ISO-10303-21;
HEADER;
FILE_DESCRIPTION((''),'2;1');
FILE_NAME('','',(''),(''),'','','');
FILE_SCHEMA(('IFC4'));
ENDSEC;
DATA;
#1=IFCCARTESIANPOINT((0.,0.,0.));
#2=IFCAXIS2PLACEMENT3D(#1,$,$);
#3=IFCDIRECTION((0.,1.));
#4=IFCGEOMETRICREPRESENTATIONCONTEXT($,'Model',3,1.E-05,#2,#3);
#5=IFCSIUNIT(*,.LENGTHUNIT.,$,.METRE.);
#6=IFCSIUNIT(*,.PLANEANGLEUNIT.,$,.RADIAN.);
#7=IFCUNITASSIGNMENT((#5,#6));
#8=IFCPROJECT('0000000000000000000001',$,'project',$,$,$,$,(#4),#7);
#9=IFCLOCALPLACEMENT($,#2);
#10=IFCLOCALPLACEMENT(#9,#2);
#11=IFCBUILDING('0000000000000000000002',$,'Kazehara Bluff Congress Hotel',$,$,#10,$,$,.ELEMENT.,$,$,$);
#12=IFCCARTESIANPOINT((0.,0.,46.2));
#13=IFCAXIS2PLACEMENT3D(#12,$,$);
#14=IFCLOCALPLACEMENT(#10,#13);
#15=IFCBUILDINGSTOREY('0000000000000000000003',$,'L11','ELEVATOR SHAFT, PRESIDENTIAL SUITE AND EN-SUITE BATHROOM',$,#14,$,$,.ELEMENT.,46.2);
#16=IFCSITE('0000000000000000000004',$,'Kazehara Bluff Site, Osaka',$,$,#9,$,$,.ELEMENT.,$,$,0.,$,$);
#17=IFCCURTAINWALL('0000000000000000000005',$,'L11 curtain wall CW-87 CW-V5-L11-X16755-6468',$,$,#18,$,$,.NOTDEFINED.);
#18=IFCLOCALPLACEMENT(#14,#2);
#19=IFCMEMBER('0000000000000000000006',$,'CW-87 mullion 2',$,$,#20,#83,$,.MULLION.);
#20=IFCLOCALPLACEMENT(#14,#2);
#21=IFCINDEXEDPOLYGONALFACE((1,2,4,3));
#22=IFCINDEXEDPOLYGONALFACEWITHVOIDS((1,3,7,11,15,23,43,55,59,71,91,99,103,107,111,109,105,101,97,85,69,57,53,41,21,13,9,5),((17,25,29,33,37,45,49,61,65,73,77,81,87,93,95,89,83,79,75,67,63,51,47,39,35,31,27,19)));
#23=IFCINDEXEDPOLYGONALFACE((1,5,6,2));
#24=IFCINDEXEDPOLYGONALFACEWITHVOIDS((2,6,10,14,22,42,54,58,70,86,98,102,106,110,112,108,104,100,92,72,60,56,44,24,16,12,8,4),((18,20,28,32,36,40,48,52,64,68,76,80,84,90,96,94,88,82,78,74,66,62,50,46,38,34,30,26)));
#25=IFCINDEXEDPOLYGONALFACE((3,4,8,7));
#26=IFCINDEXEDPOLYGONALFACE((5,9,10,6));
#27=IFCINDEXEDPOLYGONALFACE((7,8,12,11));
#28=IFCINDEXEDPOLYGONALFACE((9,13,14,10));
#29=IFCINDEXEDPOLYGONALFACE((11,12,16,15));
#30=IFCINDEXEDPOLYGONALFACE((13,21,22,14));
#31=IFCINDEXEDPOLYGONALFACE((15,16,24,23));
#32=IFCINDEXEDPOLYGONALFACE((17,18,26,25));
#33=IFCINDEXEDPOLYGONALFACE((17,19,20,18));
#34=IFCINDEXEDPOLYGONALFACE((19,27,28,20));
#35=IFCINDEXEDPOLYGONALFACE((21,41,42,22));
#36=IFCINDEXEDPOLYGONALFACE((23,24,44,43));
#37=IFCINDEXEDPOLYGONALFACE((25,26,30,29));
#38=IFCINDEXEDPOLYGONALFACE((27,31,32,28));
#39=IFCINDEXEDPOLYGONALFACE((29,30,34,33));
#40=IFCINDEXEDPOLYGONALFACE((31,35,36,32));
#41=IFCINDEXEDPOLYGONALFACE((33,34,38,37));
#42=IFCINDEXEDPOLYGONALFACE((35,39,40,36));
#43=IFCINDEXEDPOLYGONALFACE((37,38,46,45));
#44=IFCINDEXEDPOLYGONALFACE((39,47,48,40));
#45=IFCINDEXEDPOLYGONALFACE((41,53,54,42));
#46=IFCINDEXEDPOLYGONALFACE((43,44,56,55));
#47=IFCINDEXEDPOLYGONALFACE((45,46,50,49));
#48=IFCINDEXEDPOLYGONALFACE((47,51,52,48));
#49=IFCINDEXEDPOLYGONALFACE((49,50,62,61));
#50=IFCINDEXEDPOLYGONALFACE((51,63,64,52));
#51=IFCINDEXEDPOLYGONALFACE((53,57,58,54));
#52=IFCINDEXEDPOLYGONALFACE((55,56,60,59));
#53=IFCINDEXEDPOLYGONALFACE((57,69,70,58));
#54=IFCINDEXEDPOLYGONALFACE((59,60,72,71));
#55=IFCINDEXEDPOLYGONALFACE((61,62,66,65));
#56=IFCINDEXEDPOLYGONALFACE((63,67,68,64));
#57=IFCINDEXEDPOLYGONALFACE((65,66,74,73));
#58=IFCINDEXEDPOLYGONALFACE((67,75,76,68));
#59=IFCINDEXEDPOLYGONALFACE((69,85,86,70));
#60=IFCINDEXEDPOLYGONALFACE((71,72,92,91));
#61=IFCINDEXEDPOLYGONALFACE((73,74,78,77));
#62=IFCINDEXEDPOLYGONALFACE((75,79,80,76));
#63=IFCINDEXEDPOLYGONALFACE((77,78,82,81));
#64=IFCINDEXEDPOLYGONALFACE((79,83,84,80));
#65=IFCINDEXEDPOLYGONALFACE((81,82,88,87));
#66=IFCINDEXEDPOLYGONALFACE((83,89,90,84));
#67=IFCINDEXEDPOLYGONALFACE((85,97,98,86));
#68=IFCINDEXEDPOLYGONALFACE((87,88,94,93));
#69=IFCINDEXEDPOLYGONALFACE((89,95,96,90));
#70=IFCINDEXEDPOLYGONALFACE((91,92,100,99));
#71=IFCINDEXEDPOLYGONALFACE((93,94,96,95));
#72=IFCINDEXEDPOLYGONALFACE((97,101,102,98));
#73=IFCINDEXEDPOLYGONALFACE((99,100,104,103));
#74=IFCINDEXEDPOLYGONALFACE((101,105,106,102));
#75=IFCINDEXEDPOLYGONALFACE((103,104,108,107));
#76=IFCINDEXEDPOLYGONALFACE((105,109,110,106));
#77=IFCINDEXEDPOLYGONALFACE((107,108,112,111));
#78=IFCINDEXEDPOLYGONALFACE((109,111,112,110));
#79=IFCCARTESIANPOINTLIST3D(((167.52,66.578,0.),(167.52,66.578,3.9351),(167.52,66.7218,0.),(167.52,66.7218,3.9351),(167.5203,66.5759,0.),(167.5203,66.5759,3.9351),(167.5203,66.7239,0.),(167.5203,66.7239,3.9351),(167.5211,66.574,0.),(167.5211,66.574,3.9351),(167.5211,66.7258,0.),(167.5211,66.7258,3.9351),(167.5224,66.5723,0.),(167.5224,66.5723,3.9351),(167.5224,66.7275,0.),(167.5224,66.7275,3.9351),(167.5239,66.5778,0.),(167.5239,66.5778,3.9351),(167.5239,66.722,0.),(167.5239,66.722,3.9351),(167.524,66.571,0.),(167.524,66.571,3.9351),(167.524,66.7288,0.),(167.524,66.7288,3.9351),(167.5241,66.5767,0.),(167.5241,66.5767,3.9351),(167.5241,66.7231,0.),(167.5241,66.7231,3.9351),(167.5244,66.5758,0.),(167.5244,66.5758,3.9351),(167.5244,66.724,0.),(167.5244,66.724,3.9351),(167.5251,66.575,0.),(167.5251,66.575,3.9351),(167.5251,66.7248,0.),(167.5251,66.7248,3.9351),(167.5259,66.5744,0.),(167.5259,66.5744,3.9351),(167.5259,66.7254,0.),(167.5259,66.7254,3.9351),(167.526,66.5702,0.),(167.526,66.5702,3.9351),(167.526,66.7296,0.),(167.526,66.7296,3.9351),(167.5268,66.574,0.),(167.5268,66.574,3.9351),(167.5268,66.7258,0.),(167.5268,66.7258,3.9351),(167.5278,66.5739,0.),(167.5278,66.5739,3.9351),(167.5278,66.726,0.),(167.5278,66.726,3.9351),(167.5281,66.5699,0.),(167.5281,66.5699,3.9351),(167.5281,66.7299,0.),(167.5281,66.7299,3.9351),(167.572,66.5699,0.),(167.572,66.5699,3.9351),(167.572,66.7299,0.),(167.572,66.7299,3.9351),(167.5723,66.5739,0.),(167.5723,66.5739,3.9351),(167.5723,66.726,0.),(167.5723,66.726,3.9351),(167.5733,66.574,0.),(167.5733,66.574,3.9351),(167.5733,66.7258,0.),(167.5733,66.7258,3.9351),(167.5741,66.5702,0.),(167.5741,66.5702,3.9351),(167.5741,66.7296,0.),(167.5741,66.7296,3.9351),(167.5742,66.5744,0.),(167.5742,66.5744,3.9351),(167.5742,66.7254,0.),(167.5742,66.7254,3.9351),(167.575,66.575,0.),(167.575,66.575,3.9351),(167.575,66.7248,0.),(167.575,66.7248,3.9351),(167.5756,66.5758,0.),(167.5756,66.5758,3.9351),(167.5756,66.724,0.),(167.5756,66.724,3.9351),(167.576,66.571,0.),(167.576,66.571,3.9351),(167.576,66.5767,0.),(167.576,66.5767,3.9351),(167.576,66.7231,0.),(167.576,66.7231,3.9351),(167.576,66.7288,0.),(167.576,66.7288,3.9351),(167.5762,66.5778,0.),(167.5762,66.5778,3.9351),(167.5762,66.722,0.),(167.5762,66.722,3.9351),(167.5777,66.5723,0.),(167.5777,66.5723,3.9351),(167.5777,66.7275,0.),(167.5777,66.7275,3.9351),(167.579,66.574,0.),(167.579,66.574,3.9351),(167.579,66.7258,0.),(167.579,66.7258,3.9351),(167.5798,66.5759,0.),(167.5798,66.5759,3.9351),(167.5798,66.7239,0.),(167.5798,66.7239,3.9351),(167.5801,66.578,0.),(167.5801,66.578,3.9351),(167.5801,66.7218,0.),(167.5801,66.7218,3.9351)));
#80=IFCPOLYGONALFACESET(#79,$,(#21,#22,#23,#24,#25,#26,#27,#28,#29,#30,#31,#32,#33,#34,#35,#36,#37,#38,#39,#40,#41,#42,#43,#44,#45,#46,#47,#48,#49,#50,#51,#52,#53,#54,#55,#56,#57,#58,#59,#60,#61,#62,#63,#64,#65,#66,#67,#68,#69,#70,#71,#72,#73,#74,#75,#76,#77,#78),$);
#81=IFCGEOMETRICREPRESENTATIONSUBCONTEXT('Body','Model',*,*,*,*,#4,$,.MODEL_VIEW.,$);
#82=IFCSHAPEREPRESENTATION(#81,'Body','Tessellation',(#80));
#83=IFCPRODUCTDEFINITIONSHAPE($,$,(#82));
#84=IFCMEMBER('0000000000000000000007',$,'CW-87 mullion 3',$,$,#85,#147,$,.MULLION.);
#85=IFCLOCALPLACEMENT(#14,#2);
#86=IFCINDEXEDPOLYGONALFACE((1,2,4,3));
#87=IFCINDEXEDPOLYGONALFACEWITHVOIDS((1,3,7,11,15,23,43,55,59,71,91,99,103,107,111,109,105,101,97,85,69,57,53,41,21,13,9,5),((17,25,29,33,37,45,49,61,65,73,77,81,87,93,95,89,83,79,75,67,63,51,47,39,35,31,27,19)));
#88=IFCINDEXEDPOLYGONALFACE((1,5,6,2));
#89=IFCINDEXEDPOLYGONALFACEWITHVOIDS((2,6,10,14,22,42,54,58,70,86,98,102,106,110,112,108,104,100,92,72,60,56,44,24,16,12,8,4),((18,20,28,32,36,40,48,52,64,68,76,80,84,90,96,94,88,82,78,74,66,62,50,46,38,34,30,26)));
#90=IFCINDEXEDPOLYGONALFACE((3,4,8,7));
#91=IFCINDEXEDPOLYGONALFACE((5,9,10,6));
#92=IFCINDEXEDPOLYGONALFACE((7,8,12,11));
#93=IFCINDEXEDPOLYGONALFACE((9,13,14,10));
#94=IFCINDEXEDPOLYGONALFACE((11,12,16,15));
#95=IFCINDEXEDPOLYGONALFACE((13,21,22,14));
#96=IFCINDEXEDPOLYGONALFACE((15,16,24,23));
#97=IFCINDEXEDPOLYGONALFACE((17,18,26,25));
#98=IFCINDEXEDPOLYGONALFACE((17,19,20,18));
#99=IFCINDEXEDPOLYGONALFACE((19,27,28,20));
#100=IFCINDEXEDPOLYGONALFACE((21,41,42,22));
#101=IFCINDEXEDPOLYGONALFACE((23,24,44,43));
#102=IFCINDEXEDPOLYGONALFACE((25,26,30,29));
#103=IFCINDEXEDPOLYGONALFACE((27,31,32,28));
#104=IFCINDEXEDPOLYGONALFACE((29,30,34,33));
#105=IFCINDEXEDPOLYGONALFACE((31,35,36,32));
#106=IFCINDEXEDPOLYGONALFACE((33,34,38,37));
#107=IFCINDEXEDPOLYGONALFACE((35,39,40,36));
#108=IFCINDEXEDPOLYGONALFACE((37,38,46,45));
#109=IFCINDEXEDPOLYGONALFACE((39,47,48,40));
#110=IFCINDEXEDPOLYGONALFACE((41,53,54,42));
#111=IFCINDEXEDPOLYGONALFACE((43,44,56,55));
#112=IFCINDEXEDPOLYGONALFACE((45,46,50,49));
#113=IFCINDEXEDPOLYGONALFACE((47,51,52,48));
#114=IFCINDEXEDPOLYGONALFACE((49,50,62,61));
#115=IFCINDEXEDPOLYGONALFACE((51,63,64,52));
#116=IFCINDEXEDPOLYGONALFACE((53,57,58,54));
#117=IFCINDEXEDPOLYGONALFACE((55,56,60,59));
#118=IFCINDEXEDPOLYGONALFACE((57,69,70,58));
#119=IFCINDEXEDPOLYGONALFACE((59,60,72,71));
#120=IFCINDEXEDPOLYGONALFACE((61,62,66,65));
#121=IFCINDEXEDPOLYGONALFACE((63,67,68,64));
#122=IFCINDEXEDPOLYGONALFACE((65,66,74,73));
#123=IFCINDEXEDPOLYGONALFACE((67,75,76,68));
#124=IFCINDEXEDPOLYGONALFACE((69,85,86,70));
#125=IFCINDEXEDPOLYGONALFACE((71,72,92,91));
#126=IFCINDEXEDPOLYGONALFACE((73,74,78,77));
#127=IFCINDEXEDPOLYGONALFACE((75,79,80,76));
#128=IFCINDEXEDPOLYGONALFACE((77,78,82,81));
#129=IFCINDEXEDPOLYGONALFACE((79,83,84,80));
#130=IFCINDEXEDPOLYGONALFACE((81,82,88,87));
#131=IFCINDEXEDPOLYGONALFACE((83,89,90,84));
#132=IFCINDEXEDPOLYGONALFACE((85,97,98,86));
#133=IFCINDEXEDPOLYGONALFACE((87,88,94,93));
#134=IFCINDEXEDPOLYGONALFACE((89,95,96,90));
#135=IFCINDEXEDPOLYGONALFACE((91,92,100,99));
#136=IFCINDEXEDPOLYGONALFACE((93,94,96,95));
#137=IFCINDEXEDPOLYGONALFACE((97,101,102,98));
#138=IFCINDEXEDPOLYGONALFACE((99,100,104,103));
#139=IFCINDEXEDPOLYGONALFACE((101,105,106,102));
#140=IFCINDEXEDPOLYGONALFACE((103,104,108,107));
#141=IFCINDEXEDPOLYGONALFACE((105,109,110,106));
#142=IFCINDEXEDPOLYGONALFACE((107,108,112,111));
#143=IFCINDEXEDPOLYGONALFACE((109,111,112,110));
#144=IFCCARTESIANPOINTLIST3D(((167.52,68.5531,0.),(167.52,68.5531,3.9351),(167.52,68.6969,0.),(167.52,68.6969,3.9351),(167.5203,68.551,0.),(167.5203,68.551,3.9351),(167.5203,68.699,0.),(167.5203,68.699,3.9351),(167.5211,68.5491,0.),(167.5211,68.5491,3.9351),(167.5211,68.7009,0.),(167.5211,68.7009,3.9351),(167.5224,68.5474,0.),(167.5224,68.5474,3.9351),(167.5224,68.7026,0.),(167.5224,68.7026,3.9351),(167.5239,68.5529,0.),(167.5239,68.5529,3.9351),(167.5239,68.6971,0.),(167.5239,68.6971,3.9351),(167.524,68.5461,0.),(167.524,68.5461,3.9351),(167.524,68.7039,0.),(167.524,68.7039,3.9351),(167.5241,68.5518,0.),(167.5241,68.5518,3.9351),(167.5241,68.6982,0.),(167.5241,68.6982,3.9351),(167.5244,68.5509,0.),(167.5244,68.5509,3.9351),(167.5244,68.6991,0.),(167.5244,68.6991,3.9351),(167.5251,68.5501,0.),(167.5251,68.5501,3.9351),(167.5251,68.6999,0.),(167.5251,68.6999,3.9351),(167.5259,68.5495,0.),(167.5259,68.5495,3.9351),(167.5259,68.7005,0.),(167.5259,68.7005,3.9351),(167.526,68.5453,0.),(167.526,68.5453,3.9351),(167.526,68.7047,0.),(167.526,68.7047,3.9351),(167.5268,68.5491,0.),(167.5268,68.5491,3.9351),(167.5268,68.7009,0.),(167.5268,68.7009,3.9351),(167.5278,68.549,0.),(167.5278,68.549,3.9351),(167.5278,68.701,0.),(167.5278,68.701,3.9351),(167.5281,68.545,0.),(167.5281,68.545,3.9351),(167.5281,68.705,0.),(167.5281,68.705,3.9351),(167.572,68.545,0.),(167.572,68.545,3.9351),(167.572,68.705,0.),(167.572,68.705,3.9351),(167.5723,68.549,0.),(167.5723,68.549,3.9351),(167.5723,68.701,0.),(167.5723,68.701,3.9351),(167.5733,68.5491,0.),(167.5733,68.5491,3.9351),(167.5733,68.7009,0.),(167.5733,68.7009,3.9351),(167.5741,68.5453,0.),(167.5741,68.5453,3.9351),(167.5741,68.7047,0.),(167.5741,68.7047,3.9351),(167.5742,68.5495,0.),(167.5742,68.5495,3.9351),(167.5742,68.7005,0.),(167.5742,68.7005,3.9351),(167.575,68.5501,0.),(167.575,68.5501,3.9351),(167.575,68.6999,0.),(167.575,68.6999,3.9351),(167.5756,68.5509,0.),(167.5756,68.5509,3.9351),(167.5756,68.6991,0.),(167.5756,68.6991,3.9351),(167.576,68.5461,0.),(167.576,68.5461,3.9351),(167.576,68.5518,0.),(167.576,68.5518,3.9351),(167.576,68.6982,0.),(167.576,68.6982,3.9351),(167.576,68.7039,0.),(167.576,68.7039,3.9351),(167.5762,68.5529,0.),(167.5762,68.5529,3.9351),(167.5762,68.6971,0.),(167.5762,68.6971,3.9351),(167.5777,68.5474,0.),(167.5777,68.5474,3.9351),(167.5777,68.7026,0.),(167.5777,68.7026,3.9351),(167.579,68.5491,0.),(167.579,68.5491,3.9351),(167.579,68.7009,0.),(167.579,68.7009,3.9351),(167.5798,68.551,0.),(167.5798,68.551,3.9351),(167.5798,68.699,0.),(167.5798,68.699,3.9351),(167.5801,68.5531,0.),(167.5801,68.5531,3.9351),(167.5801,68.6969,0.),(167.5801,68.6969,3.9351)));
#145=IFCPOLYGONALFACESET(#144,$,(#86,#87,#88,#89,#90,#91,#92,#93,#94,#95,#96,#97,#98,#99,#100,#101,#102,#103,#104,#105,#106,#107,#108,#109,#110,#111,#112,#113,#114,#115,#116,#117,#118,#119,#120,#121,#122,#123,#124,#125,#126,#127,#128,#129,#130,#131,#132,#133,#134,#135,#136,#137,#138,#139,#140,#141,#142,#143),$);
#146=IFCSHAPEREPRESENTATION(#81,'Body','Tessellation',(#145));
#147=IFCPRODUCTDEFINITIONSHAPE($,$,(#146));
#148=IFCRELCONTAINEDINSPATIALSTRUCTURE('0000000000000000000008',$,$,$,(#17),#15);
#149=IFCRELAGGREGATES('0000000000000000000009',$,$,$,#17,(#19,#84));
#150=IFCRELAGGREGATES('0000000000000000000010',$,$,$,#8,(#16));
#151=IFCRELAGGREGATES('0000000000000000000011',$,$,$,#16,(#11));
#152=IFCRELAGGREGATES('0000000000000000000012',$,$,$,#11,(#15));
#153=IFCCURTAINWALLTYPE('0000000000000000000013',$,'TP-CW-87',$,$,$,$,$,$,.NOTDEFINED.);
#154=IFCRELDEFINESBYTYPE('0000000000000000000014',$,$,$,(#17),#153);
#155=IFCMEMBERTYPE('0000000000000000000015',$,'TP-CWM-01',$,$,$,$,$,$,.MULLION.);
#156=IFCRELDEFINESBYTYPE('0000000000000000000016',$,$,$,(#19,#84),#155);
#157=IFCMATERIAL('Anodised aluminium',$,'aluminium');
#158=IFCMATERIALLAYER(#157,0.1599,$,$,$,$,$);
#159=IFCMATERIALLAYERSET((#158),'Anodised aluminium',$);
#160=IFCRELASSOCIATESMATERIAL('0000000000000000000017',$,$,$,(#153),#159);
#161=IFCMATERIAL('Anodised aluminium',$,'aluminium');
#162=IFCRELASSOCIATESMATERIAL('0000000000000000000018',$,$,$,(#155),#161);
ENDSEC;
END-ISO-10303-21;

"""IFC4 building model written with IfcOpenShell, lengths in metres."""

from ifc_helpers import new_model, si_unit, direction, frame, origin, origin_2d, place, context, subcontext, project, spatial, hollow_rectangle, extrude, material, layer, layer_set, material_profile, profile_set, type_object, element, aggregate, save


model = new_model("IFC4")

# Units and contexts
model_context = context("Model", 3, precision=1e-05, world=origin(), true_north=direction((0.0, 1.0)))
body_context = subcontext(model_context, "Body", "Model", "MODEL_VIEW")
ifc_project = project(units=[si_unit("LENGTHUNIT", "METRE"), si_unit("PLANEANGLEUNIT", "RADIAN")], contexts=[model_context])

# Site, building, storey
site_placement = place(None, origin())
site = spatial("IfcSite", under=ifc_project, at=site_placement, Name="Kazehara Bluff Site, Osaka", CompositionType="ELEMENT", RefElevation=0.0)
building_placement = place(site_placement, origin())
building = spatial("IfcBuilding", under=site, at=building_placement, Name="Kazehara Bluff Congress Hotel", CompositionType="ELEMENT")
storey_placement = place(building_placement, frame((0.0, 0.0, 46.2)))
storey = spatial("IfcBuildingStorey", under=building, at=storey_placement, Name="L11", Description="ELEVATOR SHAFT, PRESIDENTIAL SUITE AND EN-SUITE BATHROOM", CompositionType="ELEMENT", Elevation=46.2)

# Curtain wall, members
ifc_material_1 = material(Name="Anodised aluminium", Category="aluminium")
ifc_layer_1 = layer(ifc_material_1, 0.1599)
ifc_layer_set_1 = layer_set([ifc_layer_1], Name="Anodised aluminium")
curtain_wall_type = type_object("IfcCurtainWallType", Name="TP-CW-87", PredefinedType="NOTDEFINED", material=ifc_layer_set_1)
curtain_wall_placement = place(storey_placement, origin())
curtain_wall = element("IfcCurtainWall", 1, at=curtain_wall_placement, inside=storey, type_object=curtain_wall_type, Name="L11 curtain wall CW-87 CW-V5-L11-X16755-6468", PredefinedType="NOTDEFINED")
ifc_material_2 = material(Name="Anodised aluminium", Category="aluminium")
ifc_material_profile_1 = material_profile(ifc_material_2, hollow_rectangle(XDim=0.0601, YDim=0.1599, WallThickness=0.0039, InnerFilletRadius=0.0039, OuterFilletRadius=0.0081, at=origin_2d()))
ifc_profile_set_1 = profile_set([ifc_material_profile_1], Name="Anodised aluminium")
member_type_1 = type_object("IfcMemberType", Name="TP-CWM-01", PredefinedType="MULLION", material=ifc_profile_set_1)
member_1_placement = place(storey_placement, frame((167.55, 66.6499, 0.0), z_axis=(0.0, 0.0, 1.0), x_axis=(-1.0, 0.0, 0.0)))
member_1 = element("IfcMember", 2, at=member_1_placement, type_object=member_type_1, Name="CW-87 mullion 2", PredefinedType="MULLION", context=body_context, shape_type="SweptSolid", body=[
    extrude(hollow_rectangle(XDim=0.0601, YDim=0.1599, WallThickness=0.0039, InnerFilletRadius=0.0039, OuterFilletRadius=0.0081, at=origin_2d()), origin(), (0.0, 0.0, 1.0), 3.9351),
])
member_2_placement = place(storey_placement, frame((167.55, 68.625, 0.0), z_axis=(0.0, 0.0, 1.0), x_axis=(-1.0, 0.0, 0.0)))
member_2 = element("IfcMember", 3, at=member_2_placement, type_object=member_type_1, Name="CW-87 mullion 3", PredefinedType="MULLION", context=body_context, shape_type="SweptSolid", body=[
    extrude(hollow_rectangle(XDim=0.0601, YDim=0.1599, WallThickness=0.0039, InnerFilletRadius=0.0039, OuterFilletRadius=0.0081, at=origin_2d()), origin(), (0.0, 0.0, 1.0), 3.9351),
])
aggregate(curtain_wall, [member_1, member_2])

save(model, "model.ifc")
